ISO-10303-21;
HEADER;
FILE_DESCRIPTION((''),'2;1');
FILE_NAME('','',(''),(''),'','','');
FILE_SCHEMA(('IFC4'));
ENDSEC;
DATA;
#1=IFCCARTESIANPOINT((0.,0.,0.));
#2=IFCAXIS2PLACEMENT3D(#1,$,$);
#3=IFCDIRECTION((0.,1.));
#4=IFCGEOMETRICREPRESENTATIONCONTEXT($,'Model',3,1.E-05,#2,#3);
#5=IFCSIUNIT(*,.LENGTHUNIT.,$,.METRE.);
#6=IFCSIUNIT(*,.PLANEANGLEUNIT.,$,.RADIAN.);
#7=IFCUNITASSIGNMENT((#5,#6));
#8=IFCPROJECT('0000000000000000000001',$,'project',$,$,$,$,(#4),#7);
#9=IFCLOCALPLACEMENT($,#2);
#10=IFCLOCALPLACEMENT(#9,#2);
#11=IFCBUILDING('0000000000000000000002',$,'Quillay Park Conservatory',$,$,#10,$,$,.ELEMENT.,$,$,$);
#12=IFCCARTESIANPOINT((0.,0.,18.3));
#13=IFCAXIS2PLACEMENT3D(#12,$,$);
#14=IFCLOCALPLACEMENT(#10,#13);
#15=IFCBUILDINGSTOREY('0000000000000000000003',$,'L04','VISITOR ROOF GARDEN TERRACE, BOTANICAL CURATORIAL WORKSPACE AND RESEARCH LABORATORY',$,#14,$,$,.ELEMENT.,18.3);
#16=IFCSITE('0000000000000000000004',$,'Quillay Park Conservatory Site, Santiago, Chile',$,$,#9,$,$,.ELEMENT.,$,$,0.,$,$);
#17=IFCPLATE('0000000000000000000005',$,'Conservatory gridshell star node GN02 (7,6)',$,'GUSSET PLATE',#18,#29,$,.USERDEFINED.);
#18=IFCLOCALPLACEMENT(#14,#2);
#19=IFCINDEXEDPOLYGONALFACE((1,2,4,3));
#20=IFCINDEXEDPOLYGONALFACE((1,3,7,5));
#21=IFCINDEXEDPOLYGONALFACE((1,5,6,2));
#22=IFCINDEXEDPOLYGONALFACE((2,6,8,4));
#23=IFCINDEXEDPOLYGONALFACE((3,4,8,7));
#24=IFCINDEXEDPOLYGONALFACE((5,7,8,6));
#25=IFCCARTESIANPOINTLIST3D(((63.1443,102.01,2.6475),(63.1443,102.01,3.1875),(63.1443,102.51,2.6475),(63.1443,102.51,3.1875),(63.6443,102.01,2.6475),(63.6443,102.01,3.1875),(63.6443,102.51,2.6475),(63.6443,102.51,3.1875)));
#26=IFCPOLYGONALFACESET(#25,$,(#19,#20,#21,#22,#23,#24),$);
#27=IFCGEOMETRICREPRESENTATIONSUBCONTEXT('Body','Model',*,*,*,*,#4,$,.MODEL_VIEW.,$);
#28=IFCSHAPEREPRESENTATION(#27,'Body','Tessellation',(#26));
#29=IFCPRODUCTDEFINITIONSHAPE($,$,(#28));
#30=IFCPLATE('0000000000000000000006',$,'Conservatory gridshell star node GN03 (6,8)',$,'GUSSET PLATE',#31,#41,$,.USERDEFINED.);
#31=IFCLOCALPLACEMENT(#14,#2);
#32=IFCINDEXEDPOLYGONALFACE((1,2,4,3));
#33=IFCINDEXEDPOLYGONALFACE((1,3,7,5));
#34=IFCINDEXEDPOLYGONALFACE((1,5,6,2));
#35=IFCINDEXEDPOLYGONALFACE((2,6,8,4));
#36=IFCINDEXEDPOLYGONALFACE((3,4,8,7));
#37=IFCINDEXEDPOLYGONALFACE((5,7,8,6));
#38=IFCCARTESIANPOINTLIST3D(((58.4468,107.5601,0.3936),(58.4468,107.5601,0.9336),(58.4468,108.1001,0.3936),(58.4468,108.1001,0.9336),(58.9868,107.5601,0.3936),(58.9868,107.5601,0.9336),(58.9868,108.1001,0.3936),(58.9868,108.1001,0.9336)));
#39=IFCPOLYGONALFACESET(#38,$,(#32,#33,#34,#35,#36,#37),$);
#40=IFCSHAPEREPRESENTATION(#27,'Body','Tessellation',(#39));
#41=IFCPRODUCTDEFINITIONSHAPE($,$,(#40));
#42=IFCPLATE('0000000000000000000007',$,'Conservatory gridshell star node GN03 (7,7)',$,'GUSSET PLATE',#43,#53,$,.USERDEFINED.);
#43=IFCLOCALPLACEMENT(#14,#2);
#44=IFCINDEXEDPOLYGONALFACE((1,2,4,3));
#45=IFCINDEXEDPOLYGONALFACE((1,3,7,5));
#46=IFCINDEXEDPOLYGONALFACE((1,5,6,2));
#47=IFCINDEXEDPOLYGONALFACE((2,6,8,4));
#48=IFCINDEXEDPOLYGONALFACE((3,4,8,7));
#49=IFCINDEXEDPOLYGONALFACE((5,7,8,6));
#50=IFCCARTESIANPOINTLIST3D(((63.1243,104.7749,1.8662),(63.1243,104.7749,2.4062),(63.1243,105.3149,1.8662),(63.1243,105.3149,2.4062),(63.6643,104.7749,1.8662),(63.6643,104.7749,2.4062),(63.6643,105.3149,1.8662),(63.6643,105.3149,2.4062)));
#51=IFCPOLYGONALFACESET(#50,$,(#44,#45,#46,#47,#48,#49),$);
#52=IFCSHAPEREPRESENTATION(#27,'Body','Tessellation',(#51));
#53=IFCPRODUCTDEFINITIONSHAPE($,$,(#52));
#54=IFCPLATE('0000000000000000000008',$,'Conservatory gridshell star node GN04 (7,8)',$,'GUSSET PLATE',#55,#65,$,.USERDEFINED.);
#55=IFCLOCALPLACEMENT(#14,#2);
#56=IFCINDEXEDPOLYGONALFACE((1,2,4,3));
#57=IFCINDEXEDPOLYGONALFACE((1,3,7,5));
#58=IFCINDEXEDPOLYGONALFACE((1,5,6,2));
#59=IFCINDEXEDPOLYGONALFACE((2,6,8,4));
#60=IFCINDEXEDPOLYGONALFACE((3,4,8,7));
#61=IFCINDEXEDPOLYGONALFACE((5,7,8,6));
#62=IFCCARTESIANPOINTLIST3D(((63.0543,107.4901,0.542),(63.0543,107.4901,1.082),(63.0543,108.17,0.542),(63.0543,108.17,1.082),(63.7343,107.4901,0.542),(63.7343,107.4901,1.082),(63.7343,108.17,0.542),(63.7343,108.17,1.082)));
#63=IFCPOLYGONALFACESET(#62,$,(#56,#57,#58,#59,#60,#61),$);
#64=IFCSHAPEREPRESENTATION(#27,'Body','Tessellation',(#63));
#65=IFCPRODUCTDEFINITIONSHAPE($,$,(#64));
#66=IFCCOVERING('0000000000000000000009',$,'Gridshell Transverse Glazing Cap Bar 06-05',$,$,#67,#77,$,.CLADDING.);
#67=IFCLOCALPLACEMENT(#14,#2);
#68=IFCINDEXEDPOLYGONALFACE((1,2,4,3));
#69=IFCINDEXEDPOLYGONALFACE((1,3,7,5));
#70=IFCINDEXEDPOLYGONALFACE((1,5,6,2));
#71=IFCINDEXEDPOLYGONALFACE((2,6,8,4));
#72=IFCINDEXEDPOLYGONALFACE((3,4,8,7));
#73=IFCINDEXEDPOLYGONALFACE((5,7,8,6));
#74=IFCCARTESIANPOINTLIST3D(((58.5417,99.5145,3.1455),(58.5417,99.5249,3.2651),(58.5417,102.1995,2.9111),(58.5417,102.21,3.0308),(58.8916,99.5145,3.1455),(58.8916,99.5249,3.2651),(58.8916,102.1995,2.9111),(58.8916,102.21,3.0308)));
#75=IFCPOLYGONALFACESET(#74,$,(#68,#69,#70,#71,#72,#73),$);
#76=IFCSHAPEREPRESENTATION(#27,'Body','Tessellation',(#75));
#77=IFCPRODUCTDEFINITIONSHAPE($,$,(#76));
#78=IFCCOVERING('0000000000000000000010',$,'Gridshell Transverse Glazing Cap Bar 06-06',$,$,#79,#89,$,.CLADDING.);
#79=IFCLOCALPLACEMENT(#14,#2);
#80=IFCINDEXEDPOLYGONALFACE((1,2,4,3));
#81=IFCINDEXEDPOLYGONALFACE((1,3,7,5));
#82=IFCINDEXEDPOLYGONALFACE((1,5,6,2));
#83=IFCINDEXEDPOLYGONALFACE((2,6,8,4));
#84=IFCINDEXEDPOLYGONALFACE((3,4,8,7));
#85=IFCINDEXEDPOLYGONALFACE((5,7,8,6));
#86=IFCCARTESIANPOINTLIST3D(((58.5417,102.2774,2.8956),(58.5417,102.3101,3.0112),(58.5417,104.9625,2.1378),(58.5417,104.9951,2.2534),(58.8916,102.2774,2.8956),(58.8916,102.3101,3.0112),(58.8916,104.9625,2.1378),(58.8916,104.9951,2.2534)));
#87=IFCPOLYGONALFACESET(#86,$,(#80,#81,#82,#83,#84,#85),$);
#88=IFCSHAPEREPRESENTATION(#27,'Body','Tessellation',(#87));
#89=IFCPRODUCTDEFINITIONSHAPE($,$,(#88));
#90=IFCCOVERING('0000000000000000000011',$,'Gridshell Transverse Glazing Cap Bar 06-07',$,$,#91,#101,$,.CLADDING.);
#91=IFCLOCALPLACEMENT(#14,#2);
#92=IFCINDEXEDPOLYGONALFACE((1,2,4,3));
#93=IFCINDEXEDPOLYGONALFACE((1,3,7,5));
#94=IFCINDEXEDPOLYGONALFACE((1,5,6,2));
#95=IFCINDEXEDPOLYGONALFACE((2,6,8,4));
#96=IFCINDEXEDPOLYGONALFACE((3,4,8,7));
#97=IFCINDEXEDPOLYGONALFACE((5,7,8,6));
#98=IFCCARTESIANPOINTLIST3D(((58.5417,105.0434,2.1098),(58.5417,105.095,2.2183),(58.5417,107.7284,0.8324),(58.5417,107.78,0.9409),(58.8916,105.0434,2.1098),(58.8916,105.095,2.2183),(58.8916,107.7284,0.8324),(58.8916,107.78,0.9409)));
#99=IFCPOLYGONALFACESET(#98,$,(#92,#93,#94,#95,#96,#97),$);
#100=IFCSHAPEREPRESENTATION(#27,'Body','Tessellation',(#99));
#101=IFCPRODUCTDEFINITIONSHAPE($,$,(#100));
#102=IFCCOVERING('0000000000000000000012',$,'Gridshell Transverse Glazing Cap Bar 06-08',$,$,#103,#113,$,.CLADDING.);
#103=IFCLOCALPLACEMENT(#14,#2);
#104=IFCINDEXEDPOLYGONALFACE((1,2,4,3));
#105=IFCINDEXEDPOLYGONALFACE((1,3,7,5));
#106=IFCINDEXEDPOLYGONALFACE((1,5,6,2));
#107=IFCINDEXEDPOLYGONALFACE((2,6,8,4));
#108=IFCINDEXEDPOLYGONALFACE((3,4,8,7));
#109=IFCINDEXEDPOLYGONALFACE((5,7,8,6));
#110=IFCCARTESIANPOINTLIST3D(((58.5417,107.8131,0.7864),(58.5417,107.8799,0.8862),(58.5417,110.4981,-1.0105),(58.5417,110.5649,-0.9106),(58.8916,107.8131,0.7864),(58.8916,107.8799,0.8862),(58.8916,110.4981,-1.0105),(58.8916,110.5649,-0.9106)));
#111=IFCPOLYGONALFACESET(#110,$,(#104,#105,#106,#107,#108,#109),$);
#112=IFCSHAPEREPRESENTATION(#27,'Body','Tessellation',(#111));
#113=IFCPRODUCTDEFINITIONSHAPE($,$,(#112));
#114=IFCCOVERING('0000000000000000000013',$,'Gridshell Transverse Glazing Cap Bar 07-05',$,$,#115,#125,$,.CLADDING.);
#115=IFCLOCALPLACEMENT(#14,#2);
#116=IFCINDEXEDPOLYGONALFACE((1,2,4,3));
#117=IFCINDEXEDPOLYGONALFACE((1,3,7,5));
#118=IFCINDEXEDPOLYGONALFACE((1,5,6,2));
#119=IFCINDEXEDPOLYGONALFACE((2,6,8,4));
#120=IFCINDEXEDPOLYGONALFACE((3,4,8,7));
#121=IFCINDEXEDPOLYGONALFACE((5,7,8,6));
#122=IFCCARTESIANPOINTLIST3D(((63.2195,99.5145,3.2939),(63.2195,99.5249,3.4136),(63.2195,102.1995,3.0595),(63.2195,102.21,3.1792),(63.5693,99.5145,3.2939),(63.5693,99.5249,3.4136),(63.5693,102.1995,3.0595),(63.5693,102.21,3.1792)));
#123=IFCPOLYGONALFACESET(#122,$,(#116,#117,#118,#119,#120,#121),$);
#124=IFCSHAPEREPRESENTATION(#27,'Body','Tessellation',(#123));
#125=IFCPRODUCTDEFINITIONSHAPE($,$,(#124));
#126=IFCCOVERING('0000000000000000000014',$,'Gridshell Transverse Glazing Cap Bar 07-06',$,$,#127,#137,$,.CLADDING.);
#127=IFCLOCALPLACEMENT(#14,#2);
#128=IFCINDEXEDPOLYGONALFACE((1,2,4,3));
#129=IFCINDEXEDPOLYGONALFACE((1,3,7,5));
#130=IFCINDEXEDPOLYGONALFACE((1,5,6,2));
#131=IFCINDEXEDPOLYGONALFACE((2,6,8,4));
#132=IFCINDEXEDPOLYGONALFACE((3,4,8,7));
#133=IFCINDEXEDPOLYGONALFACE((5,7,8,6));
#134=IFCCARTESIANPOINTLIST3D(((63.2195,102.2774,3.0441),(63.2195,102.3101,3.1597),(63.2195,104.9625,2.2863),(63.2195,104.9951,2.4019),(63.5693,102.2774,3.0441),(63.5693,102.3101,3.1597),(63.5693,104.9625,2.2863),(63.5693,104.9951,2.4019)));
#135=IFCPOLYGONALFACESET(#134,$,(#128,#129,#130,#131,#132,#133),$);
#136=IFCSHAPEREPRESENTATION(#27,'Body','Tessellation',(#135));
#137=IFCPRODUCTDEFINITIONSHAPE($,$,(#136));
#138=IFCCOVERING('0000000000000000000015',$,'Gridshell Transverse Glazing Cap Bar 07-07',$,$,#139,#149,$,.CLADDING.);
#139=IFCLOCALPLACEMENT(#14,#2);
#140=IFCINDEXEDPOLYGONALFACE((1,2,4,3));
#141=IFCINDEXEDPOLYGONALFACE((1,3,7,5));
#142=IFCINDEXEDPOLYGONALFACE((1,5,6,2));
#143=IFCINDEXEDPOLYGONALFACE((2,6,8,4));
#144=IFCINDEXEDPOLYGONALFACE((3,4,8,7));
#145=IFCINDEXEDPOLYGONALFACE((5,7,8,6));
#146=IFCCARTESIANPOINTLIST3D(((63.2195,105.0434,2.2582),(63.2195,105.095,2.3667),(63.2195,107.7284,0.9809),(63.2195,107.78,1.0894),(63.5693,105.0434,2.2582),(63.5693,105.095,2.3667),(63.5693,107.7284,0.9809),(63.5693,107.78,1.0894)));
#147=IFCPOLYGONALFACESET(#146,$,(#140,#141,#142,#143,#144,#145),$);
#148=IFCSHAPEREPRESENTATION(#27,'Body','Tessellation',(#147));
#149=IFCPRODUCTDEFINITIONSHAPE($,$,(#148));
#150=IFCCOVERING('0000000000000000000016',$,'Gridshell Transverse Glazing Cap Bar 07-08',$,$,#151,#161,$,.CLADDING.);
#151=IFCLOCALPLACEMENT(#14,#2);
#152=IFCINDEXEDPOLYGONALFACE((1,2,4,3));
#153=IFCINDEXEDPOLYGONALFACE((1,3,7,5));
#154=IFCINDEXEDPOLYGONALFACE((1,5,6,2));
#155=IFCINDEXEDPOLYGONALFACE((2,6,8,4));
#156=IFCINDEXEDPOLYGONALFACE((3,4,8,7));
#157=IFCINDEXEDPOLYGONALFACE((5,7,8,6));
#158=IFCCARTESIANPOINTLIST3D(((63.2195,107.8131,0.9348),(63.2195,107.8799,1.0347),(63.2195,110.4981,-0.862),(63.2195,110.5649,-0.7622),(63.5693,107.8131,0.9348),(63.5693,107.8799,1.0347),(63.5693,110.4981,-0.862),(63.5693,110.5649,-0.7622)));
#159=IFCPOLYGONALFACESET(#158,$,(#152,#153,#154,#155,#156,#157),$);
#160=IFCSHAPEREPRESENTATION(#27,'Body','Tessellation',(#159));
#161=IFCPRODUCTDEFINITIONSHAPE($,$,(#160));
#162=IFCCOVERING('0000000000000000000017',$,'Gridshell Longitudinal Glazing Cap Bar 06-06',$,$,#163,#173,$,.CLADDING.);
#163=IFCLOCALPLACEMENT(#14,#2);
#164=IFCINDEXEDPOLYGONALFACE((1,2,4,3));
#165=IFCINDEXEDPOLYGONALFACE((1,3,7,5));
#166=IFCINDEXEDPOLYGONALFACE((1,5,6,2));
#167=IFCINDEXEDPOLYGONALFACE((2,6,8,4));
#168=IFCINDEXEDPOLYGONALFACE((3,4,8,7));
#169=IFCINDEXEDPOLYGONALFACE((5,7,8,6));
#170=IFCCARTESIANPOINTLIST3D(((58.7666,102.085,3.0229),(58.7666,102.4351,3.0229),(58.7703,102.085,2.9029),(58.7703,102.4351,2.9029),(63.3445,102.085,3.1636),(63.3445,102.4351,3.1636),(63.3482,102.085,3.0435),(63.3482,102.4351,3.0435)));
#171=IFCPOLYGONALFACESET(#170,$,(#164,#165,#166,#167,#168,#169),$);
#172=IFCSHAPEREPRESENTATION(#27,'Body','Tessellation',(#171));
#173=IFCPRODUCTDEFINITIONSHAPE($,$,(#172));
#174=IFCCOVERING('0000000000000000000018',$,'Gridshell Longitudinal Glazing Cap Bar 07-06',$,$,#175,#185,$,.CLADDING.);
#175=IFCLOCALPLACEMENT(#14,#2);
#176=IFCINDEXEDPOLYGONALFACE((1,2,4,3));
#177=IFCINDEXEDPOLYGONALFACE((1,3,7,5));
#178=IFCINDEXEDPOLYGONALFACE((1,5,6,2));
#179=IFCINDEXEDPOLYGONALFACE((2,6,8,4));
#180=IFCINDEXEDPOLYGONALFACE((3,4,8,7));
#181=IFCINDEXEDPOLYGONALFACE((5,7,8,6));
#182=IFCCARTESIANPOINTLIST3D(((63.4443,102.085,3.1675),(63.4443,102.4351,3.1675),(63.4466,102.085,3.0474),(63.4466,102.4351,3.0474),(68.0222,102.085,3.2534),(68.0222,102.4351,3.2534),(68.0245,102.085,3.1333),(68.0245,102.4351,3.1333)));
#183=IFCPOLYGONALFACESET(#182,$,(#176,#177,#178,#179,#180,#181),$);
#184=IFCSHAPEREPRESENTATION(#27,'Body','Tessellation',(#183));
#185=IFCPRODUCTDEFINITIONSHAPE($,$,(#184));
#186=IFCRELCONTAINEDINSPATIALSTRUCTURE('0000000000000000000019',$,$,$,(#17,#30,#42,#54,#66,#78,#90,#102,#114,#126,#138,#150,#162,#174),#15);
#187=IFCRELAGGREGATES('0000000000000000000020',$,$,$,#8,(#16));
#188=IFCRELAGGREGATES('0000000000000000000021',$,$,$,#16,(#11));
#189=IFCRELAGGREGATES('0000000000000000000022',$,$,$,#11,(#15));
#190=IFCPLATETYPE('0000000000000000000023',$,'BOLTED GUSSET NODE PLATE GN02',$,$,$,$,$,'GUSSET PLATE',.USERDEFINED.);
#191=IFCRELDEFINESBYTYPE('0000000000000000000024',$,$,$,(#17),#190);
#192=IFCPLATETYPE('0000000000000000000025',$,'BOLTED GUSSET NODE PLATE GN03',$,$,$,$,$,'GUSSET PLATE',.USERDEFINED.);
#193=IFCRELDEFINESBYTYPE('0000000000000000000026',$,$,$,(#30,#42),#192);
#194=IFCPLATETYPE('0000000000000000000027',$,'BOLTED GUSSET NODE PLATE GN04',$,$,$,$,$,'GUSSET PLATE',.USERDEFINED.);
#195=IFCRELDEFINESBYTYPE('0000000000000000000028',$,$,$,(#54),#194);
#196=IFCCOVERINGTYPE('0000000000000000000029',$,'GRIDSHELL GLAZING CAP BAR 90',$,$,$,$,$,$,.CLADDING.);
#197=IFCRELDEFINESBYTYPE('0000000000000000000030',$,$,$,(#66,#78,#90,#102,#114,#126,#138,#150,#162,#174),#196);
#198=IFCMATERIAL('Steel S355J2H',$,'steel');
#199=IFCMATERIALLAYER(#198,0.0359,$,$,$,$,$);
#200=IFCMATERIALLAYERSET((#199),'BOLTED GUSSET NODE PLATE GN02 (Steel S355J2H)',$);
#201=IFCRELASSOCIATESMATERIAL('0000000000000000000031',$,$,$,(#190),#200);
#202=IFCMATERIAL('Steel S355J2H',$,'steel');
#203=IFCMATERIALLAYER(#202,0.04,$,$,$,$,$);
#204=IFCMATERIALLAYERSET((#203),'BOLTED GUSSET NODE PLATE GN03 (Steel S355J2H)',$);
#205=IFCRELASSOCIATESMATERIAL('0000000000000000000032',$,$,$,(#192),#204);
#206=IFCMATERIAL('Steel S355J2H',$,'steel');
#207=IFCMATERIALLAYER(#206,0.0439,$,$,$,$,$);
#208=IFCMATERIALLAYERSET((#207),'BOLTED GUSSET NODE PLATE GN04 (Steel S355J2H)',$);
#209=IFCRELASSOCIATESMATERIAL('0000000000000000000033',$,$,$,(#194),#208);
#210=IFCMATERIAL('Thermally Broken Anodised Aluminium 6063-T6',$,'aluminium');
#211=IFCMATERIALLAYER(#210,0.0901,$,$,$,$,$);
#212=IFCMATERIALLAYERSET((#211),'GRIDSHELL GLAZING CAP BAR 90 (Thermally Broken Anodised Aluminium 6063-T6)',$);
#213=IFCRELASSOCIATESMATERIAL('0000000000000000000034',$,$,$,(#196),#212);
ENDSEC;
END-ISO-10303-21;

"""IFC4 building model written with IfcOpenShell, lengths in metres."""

from ifc_helpers import new_model, si_unit, direction, frame, origin, origin_2d, place, context, subcontext, project, spatial, polyline, rectangle, outline, extrude, material, layer, layer_set, type_object, element, save


model = new_model("IFC4")

# Units and contexts
model_context = context("Model", 3, precision=1e-05, world=origin(), true_north=direction((0.0, 1.0)))
body_context = subcontext(model_context, "Body", "Model", "MODEL_VIEW")
ifc_project = project(units=[si_unit("LENGTHUNIT", "METRE"), si_unit("PLANEANGLEUNIT", "RADIAN")], contexts=[model_context])

# Site, building, storey
site_placement = place(None, origin())
site = spatial("IfcSite", under=ifc_project, at=site_placement, Name="Quillay Park Conservatory Site, Santiago, Chile", CompositionType="ELEMENT", RefElevation=0.0)
building_placement = place(site_placement, origin())
building = spatial("IfcBuilding", under=site, at=building_placement, Name="Quillay Park Conservatory", CompositionType="ELEMENT")
storey_placement = place(building_placement, frame((0.0, 0.0, 18.3)))
storey = spatial("IfcBuildingStorey", under=building, at=storey_placement, Name="L04", Description="VISITOR ROOF GARDEN TERRACE, BOTANICAL CURATORIAL WORKSPACE AND RESEARCH LABORATORY", CompositionType="ELEMENT", Elevation=18.3)

# Plates
ifc_material_1 = material(Name="Steel S355J2H", Category="steel")
ifc_layer_1 = layer(ifc_material_1, 0.0359)
ifc_layer_set_1 = layer_set([ifc_layer_1], Name="BOLTED GUSSET NODE PLATE GN02 (Steel S355J2H)")
plate_type_1 = type_object("IfcPlateType", Name="BOLTED GUSSET NODE PLATE GN02", ElementType="GUSSET PLATE", PredefinedType="USERDEFINED", material=ifc_layer_set_1)
for number, where, z_axis, x_axis, name in (
    (1, (63.3943, 102.26, 2.6475), (0.0, 0.0, 1.0), (1.0, 0.0, 0.0), "Conservatory gridshell star node GN02 (7,6)"),
):
    element("IfcPlate", number, at=place(storey_placement, frame(where, z_axis=z_axis, x_axis=x_axis)), inside=storey, type_object=plate_type_1, Name=name, ObjectType="GUSSET PLATE", PredefinedType="USERDEFINED", context=body_context, shape_type="SweptSolid", body=[
        extrude(rectangle(XDim=0.5, YDim=0.5, at=origin_2d()), origin(), (0.0, 0.0, 1.0), 0.54),
    ])
ifc_material_2 = material(Name="Steel S355J2H", Category="steel")
ifc_layer_2 = layer(ifc_material_2, 0.04)
ifc_layer_set_2 = layer_set([ifc_layer_2], Name="BOLTED GUSSET NODE PLATE GN03 (Steel S355J2H)")
plate_type_2 = type_object("IfcPlateType", Name="BOLTED GUSSET NODE PLATE GN03", ElementType="GUSSET PLATE", PredefinedType="USERDEFINED", material=ifc_layer_set_2)
for number, where, z_axis, x_axis, name in (
    (2, (58.7168, 107.8301, 0.3936), (0.0, 0.0, 1.0), (1.0, 0.0, 0.0), "Conservatory gridshell star node GN03 (6,8)"),
    (3, (63.3943, 105.0449, 1.8662), (0.0, 0.0, 1.0), (1.0, 0.0, 0.0), "Conservatory gridshell star node GN03 (7,7)"),
):
    element("IfcPlate", number, at=place(storey_placement, frame(where, z_axis=z_axis, x_axis=x_axis)), inside=storey, type_object=plate_type_2, Name=name, ObjectType="GUSSET PLATE", PredefinedType="USERDEFINED", context=body_context, shape_type="SweptSolid", body=[
        extrude(rectangle(XDim=0.54, YDim=0.54, at=origin_2d()), origin(), (0.0, 0.0, 1.0), 0.54),
    ])
ifc_material_3 = material(Name="Steel S355J2H", Category="steel")
ifc_layer_3 = layer(ifc_material_3, 0.0439)
ifc_layer_set_3 = layer_set([ifc_layer_3], Name="BOLTED GUSSET NODE PLATE GN04 (Steel S355J2H)")
plate_type_3 = type_object("IfcPlateType", Name="BOLTED GUSSET NODE PLATE GN04", ElementType="GUSSET PLATE", PredefinedType="USERDEFINED", material=ifc_layer_set_3)
plate_1_placement = place(storey_placement, frame((63.3943, 107.8301, 0.542), z_axis=(0.0, 0.0, 1.0), x_axis=(1.0, 0.0, 0.0)))
element("IfcPlate", 4, at=plate_1_placement, inside=storey, type_object=plate_type_3, Name="Conservatory gridshell star node GN04 (7,8)", ObjectType="GUSSET PLATE", PredefinedType="USERDEFINED", context=body_context, shape_type="SweptSolid", body=[
    extrude(rectangle(XDim=0.6799, YDim=0.6799, at=origin_2d()), origin(), (0.0, 0.0, 1.0), 0.54),
])

# Coverings
ifc_material_4 = material(Name="Thermally Broken Anodised Aluminium 6063-T6", Category="aluminium")
ifc_layer_4 = layer(ifc_material_4, 0.0901)
ifc_layer_set_4 = layer_set([ifc_layer_4], Name="GRIDSHELL GLAZING CAP BAR 90 (Thermally Broken Anodised Aluminium 6063-T6)")
covering_type = type_object("IfcCoveringType", Name="GRIDSHELL GLAZING CAP BAR 90", PredefinedType="CLADDING", material=ifc_layer_set_4)
covering_1_placement = place(storey_placement, frame((58.5417, 99.5249, 3.2651), z_axis=(0.0, 0.086958, 0.996212), x_axis=(1.0, 0.0, 0.0)))
element("IfcCovering", 5, at=covering_1_placement, inside=storey, type_object=covering_type, Name="Gridshell Transverse Glazing Cap Bar 06-05", PredefinedType="CLADDING", context=body_context, shape_type="SweptSolid", body=[
    extrude(outline(polyline([(0.0, 0.0), (0.3499, 0.0), (0.3499, 2.6953), (0.0, 2.6953), (0.0, 0.0)])), origin(), (0.0, 0.0, -1.0), 0.1201),
])
covering_2_placement = place(storey_placement, frame((58.5417, 102.3101, 3.0112), z_axis=(0.0, 0.271622, 0.962404), x_axis=(1.0, 0.0, 0.0)))
element("IfcCovering", 6, at=covering_2_placement, inside=storey, type_object=covering_type, Name="Gridshell Transverse Glazing Cap Bar 06-06", PredefinedType="CLADDING", context=body_context, shape_type="SweptSolid", body=[
    extrude(outline(polyline([(0.0, 0.0), (0.3499, 0.0), (0.3499, 2.7899), (0.0, 2.7899), (0.0, 0.0)])), origin(), (0.0, 0.0, -1.0), 0.1201),
])
covering_3_placement = place(storey_placement, frame((58.5417, 105.095, 2.2183), z_axis=(0.0, 0.429589, 0.903024), x_axis=(1.0, 0.0, 0.0)))
element("IfcCovering", 7, at=covering_3_placement, inside=storey, type_object=covering_type, Name="Gridshell Transverse Glazing Cap Bar 06-07", PredefinedType="CLADDING", context=body_context, shape_type="SweptSolid", body=[
    extrude(outline(polyline([(0.0, 0.0), (0.3499, 0.0), (0.3499, 2.9734), (0.0, 2.9734), (0.0, 0.0)])), origin(), (0.0, 0.0, -1.0), 0.1201),
])
covering_4_placement = place(storey_placement, frame((58.5417, 107.8799, 0.8862), z_axis=(0.0, 0.556164, 0.831072), x_axis=(1.0, 0.0, 0.0)))
element("IfcCovering", 8, at=covering_4_placement, inside=storey, type_object=covering_type, Name="Gridshell Transverse Glazing Cap Bar 06-08", PredefinedType="CLADDING", context=body_context, shape_type="SweptSolid", body=[
    extrude(outline(polyline([(0.0, 0.0), (0.3499, 0.0), (0.3499, 3.2308), (0.0, 3.2308), (0.0, 0.0)])), origin(), (0.0, 0.0, -1.0), 0.1201),
])
covering_5_placement = place(storey_placement, frame((63.2195, 99.5249, 3.4136), z_axis=(0.0, 0.086958, 0.996212), x_axis=(1.0, 0.0, 0.0)))
element("IfcCovering", 9, at=covering_5_placement, inside=storey, type_object=covering_type, Name="Gridshell Transverse Glazing Cap Bar 07-05", PredefinedType="CLADDING", context=body_context, shape_type="SweptSolid", body=[
    extrude(outline(polyline([(0.0, 0.0), (0.3499, 0.0), (0.3499, 2.6953), (0.0, 2.6953), (0.0, 0.0)])), origin(), (0.0, 0.0, -1.0), 0.1201),
])
covering_6_placement = place(storey_placement, frame((63.2195, 102.3101, 3.1597), z_axis=(0.0, 0.271622, 0.962404), x_axis=(1.0, 0.0, 0.0)))
element("IfcCovering", 10, at=covering_6_placement, inside=storey, type_object=covering_type, Name="Gridshell Transverse Glazing Cap Bar 07-06", PredefinedType="CLADDING", context=body_context, shape_type="SweptSolid", body=[
    extrude(outline(polyline([(0.0, 0.0), (0.3499, 0.0), (0.3499, 2.7899), (0.0, 2.7899), (0.0, 0.0)])), origin(), (0.0, 0.0, -1.0), 0.1201),
])
covering_7_placement = place(storey_placement, frame((63.2195, 105.095, 2.3667), z_axis=(0.0, 0.429589, 0.903024), x_axis=(1.0, 0.0, 0.0)))
element("IfcCovering", 11, at=covering_7_placement, inside=storey, type_object=covering_type, Name="Gridshell Transverse Glazing Cap Bar 07-07", PredefinedType="CLADDING", context=body_context, shape_type="SweptSolid", body=[
    extrude(outline(polyline([(0.0, 0.0), (0.3499, 0.0), (0.3499, 2.9734), (0.0, 2.9734), (0.0, 0.0)])), origin(), (0.0, 0.0, -1.0), 0.1201),
])
covering_8_placement = place(storey_placement, frame((63.2195, 107.8799, 1.0347), z_axis=(0.0, 0.556164, 0.831072), x_axis=(1.0, 0.0, 0.0)))
element("IfcCovering", 12, at=covering_8_placement, inside=storey, type_object=covering_type, Name="Gridshell Transverse Glazing Cap Bar 07-08", PredefinedType="CLADDING", context=body_context, shape_type="SweptSolid", body=[
    extrude(outline(polyline([(0.0, 0.0), (0.3499, 0.0), (0.3499, 3.2308), (0.0, 3.2308), (0.0, 0.0)])), origin(), (0.0, 0.0, -1.0), 0.1201),
])
covering_9_placement = place(storey_placement, frame((58.7666, 102.085, 3.0229), z_axis=(-0.030704, 0.0, 0.999529), x_axis=(0.999529, 0.0, 0.030704)))
element("IfcCovering", 13, at=covering_9_placement, inside=storey, type_object=covering_type, Name="Gridshell Longitudinal Glazing Cap Bar 06-06", PredefinedType="CLADDING", context=body_context, shape_type="SweptSolid", body=[
    extrude(outline(polyline([(0.0, 0.0), (4.58, 0.0), (4.58, 0.3501), (0.0, 0.3501), (0.0, 0.0)])), origin(), (0.0, 0.0, -1.0), 0.1201),
])
covering_10_placement = place(storey_placement, frame((63.4443, 102.085, 3.1675), z_axis=(-0.018769, 0.0, 0.999824), x_axis=(0.999824, 0.0, 0.018769)))
element("IfcCovering", 14, at=covering_10_placement, inside=storey, type_object=covering_type, Name="Gridshell Longitudinal Glazing Cap Bar 07-06", PredefinedType="CLADDING", context=body_context, shape_type="SweptSolid", body=[
    extrude(outline(polyline([(0.0, 0.0), (4.5787, 0.0), (4.5787, 0.3501), (0.0, 0.3501), (0.0, 0.0)])), origin(), (0.0, 0.0, -1.0), 0.1201),
])

save(model, "model.ifc")
